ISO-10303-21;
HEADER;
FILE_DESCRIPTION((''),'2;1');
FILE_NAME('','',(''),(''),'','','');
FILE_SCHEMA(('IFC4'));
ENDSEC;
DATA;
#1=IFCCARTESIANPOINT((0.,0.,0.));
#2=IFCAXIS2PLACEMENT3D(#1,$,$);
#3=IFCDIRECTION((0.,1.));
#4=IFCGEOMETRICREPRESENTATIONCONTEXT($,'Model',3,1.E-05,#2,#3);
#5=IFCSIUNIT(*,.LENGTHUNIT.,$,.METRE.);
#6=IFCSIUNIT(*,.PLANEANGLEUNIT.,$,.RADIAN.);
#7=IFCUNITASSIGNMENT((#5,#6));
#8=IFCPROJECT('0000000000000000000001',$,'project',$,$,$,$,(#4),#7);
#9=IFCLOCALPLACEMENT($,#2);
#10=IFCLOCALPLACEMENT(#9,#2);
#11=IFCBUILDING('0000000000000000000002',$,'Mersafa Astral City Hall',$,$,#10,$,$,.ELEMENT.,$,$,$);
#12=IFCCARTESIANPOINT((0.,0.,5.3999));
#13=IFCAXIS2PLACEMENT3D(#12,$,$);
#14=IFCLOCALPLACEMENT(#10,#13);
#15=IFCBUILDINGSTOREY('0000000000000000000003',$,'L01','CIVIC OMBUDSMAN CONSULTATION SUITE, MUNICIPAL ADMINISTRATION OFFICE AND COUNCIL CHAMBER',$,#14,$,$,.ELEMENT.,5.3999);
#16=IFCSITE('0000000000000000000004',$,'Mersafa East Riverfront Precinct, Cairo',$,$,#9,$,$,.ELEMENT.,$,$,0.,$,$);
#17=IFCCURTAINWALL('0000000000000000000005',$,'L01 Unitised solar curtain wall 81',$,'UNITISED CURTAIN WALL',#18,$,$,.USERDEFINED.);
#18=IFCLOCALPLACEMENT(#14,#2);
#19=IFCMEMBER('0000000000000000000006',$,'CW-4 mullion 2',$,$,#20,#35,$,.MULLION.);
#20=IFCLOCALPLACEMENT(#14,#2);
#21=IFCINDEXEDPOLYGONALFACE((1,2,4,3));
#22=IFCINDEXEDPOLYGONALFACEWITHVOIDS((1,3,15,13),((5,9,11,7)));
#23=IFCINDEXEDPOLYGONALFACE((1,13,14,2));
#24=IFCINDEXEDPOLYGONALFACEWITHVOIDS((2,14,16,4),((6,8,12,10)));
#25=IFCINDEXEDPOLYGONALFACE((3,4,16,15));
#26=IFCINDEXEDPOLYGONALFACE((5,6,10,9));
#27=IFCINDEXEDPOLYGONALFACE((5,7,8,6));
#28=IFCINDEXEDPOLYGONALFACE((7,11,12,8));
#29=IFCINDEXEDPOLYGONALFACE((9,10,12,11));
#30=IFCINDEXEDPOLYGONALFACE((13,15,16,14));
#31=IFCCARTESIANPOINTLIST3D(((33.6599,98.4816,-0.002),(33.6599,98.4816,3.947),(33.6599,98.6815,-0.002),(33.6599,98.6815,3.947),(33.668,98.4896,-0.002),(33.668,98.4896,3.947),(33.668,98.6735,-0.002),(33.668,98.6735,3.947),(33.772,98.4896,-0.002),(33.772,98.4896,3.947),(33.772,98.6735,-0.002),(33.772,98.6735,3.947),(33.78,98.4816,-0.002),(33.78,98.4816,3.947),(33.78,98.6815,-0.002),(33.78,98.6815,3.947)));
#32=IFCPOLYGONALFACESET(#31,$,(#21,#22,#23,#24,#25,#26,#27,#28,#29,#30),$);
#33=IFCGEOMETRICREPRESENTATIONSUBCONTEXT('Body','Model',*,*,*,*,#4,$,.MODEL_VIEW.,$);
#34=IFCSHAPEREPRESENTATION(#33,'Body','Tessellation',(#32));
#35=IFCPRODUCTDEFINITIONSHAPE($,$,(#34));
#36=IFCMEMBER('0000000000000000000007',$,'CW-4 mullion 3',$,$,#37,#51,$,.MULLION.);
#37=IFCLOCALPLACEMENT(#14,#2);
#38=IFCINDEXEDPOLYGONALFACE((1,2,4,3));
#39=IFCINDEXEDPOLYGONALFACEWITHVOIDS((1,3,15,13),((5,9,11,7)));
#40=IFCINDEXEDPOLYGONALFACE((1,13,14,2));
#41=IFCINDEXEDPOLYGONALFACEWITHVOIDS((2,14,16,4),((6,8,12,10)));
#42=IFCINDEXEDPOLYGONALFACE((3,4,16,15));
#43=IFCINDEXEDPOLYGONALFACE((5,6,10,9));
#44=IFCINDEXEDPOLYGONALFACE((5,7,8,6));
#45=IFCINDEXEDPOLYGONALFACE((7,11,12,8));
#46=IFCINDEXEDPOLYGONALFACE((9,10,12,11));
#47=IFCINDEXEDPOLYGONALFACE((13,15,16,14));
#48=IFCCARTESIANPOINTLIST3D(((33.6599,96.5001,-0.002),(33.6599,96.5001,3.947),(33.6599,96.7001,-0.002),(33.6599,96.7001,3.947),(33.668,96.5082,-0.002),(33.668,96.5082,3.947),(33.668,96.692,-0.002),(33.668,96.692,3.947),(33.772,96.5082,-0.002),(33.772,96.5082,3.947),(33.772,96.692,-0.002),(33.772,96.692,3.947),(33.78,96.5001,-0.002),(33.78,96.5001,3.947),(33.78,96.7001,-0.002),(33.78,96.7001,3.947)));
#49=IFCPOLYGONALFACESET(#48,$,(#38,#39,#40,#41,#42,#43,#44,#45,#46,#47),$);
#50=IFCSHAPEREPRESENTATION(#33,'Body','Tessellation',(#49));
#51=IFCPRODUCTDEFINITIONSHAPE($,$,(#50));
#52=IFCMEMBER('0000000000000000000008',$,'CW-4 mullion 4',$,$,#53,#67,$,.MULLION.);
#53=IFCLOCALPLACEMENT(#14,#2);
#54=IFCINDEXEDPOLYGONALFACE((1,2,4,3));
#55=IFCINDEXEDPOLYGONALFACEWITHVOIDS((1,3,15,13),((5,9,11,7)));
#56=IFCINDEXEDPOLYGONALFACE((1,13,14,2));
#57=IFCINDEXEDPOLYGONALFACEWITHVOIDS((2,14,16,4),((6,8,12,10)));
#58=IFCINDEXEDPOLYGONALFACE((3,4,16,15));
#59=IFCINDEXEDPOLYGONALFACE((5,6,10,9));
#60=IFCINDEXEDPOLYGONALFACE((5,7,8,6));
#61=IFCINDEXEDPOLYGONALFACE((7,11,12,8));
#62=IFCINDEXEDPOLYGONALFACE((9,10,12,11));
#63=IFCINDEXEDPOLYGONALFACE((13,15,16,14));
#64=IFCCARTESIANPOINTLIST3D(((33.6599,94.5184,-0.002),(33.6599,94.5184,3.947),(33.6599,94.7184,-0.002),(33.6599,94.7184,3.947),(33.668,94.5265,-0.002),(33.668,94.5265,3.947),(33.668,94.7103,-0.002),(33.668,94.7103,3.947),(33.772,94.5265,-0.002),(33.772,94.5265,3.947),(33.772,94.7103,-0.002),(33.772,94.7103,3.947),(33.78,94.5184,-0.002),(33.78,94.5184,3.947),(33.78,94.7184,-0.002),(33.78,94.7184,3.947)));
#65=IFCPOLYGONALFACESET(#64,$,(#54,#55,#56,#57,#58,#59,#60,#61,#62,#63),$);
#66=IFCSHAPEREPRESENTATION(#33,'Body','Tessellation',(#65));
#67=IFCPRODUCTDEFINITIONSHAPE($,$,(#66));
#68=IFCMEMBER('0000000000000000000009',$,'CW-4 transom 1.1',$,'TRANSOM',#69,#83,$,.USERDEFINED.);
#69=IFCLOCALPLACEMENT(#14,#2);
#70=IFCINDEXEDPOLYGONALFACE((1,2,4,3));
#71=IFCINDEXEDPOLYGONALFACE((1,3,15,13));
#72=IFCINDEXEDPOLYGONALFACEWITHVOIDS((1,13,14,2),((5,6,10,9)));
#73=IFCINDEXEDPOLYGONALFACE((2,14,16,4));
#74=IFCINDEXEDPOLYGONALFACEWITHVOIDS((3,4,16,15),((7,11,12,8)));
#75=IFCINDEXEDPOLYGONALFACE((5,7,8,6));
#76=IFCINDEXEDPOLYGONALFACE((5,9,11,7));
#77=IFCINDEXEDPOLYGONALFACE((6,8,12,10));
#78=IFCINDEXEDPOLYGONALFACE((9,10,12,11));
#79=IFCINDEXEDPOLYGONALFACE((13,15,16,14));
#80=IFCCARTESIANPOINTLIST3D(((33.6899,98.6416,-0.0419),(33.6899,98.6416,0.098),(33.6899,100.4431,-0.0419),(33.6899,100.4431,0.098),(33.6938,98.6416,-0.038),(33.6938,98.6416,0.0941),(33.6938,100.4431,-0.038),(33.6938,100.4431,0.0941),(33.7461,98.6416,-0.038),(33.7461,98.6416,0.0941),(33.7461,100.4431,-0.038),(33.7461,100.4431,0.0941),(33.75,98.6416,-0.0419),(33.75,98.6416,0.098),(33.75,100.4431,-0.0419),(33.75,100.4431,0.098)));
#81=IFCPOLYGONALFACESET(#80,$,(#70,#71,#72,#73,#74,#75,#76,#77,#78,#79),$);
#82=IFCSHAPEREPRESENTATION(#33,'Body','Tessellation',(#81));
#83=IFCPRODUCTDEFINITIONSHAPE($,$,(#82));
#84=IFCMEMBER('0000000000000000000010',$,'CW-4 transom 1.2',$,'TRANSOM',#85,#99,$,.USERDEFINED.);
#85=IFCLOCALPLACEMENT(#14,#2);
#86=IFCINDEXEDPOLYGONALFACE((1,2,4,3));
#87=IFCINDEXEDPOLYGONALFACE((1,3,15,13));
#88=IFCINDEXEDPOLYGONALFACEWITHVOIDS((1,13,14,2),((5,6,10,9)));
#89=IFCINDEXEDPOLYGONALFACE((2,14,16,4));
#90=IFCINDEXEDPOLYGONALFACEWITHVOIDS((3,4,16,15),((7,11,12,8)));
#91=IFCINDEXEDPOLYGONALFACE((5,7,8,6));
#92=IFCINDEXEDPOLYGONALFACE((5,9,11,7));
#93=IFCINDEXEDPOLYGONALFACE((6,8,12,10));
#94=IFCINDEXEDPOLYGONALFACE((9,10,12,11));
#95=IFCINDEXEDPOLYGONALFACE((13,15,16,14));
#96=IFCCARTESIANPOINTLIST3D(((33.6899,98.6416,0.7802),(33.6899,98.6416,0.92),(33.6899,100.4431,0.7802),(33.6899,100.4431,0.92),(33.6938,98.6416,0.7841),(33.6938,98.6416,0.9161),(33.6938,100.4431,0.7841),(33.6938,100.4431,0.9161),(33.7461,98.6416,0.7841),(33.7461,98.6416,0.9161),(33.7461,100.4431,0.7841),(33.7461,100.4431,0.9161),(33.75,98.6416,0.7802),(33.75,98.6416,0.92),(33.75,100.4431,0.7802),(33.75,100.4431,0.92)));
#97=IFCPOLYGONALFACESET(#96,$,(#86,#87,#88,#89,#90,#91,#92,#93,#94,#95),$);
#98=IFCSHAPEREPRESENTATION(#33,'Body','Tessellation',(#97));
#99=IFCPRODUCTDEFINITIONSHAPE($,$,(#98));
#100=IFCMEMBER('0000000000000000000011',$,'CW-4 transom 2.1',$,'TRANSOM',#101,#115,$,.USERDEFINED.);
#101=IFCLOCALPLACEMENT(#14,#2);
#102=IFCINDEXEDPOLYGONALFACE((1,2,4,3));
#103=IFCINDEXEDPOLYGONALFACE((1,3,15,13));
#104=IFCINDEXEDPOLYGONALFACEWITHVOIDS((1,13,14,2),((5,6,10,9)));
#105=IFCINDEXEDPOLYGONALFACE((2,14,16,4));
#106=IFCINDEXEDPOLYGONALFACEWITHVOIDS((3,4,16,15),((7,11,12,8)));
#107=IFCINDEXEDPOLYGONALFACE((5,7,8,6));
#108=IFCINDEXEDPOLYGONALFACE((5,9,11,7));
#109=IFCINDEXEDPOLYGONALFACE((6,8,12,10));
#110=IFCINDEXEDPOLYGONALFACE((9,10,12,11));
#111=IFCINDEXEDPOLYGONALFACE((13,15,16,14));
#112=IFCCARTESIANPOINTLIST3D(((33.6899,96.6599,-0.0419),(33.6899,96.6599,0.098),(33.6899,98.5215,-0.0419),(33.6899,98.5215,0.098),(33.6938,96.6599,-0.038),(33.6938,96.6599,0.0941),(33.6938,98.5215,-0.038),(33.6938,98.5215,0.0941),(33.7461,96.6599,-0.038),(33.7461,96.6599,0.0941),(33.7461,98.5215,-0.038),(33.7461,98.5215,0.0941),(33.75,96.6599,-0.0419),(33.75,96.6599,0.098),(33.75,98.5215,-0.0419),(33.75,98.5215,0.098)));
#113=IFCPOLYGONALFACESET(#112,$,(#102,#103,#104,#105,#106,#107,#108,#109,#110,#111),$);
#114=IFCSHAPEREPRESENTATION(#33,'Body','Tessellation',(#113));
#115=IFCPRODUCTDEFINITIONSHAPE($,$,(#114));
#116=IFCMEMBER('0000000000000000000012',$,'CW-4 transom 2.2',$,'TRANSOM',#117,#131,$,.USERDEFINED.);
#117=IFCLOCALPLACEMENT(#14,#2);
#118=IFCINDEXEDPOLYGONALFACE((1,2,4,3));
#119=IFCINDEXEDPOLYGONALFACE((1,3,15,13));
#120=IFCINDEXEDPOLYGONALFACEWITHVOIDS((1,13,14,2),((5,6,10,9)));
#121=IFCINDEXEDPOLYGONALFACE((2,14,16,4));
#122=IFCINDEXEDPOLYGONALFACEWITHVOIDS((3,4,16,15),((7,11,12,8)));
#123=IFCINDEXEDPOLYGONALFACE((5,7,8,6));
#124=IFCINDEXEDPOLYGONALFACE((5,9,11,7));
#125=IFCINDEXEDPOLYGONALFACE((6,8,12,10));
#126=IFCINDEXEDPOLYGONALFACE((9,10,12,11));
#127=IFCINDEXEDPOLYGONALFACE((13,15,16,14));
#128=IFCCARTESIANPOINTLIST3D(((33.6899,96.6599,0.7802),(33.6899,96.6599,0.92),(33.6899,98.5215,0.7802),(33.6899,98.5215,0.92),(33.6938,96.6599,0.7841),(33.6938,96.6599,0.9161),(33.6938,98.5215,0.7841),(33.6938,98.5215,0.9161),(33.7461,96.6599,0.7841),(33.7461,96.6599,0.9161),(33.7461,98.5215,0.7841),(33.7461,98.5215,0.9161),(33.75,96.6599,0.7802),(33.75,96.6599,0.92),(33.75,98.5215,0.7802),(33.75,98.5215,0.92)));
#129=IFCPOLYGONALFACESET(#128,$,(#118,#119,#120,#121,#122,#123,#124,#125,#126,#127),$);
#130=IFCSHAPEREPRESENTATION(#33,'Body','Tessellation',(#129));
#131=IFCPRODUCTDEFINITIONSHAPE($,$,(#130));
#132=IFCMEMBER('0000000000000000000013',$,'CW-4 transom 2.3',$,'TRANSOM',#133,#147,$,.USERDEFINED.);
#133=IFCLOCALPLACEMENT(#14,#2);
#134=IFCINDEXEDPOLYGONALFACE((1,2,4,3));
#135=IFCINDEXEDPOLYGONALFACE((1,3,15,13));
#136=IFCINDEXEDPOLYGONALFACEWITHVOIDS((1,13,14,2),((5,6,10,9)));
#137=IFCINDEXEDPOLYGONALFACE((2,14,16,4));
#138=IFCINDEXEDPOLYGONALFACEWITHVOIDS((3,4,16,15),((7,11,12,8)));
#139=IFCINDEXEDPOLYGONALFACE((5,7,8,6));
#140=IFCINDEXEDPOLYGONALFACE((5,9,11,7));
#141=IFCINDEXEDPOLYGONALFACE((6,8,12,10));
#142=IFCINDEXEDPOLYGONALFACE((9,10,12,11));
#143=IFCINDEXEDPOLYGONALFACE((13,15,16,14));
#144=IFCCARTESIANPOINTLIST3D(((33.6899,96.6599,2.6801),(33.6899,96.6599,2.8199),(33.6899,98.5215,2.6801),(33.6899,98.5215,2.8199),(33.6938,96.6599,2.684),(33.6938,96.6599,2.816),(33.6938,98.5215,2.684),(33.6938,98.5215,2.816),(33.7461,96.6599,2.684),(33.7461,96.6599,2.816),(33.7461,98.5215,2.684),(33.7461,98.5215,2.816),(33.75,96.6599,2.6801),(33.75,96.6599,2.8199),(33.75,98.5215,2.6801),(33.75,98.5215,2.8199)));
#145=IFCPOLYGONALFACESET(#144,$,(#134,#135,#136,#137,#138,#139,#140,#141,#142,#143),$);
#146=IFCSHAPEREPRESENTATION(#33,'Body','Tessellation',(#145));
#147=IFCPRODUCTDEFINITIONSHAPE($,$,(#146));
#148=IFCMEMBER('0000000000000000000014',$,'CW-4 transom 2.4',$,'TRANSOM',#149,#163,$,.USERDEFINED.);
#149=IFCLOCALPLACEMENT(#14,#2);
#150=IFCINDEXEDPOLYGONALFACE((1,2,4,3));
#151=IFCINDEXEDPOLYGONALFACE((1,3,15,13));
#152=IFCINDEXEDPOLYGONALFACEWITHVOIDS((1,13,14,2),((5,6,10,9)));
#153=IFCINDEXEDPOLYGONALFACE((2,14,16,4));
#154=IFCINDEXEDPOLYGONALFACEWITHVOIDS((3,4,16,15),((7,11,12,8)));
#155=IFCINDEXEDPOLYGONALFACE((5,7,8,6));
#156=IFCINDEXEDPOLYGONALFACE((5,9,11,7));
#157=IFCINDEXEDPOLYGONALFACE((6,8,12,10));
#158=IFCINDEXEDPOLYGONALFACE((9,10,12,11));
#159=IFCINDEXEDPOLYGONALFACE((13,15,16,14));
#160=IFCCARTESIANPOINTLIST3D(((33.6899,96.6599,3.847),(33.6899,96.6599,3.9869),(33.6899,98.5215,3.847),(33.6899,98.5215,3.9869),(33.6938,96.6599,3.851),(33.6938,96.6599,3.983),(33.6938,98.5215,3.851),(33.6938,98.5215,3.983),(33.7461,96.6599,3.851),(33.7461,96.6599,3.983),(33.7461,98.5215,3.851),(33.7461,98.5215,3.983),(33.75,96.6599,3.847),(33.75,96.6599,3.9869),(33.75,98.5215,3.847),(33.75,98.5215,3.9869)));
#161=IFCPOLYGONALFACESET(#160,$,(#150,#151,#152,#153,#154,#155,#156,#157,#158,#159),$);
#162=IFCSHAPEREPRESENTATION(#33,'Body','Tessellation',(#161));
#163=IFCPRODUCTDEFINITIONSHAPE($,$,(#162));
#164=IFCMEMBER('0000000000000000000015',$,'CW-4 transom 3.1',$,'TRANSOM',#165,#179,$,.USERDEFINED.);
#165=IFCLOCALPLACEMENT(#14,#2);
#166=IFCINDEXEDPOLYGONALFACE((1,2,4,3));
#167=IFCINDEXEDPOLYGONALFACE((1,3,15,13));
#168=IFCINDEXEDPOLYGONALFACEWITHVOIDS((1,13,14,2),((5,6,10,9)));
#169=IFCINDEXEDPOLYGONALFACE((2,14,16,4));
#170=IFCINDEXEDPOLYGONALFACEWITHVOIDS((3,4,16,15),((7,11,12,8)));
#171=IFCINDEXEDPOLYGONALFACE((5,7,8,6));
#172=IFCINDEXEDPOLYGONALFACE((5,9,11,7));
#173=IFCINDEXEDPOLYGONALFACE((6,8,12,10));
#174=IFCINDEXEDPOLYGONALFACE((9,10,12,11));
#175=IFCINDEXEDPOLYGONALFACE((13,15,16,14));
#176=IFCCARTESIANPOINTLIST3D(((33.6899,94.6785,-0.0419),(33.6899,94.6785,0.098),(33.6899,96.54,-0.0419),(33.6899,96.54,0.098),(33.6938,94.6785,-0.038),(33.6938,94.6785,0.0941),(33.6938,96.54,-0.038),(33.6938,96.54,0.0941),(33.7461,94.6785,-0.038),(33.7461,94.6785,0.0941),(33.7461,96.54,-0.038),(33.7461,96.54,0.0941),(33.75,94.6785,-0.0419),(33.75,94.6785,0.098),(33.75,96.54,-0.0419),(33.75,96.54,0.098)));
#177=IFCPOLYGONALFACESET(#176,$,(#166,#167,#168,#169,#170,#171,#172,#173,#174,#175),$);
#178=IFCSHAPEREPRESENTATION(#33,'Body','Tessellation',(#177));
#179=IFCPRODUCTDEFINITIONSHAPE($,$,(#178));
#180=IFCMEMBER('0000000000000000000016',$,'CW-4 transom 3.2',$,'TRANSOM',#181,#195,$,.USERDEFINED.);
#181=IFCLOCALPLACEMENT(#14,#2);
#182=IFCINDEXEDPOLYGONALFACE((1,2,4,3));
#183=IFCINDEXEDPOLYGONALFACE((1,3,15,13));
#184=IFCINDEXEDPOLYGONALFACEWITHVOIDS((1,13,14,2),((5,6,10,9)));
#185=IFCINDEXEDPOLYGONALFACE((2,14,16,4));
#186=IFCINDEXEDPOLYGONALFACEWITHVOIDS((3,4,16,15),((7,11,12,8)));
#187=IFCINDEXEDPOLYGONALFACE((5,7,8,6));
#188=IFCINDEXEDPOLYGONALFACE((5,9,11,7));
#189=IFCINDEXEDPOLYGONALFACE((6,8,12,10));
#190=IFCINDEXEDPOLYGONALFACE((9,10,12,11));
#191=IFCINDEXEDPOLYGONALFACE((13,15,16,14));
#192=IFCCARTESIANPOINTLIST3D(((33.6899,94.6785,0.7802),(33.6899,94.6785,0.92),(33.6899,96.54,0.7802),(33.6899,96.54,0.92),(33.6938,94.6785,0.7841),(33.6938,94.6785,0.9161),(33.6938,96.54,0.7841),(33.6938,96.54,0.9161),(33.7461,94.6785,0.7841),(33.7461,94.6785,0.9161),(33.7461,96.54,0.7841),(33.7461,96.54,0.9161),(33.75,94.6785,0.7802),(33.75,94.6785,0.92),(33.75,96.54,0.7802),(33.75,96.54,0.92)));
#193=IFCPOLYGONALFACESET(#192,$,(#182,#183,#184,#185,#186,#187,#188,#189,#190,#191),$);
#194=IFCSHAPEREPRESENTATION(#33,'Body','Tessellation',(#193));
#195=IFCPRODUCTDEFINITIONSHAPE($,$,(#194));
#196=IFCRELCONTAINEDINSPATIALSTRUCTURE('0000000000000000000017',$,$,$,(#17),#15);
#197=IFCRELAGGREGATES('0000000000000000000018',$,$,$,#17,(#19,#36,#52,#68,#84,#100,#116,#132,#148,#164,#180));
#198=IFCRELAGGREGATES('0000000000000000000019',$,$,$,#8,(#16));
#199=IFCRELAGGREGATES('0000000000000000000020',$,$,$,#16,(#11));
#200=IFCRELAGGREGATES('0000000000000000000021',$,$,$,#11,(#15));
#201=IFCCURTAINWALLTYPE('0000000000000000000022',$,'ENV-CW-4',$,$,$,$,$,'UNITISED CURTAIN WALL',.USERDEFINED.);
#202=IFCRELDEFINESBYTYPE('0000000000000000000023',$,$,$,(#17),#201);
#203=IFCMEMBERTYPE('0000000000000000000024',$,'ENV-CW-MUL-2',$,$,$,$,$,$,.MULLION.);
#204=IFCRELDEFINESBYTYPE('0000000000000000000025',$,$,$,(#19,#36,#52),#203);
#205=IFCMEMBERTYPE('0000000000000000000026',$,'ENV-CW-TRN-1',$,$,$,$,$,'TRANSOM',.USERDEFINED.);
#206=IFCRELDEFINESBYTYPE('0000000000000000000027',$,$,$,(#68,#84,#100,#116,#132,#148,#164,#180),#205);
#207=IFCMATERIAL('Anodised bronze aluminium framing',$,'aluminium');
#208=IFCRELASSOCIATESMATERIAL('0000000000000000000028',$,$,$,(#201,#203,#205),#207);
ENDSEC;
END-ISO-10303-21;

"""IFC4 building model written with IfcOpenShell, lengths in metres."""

from ifc_helpers import new_model, si_unit, direction, frame, origin, origin_2d, place, context, subcontext, project, spatial, hollow_rectangle, extrude, material, material_profile, profile_set, type_object, element, aggregate, save


model = new_model("IFC4")

# Units and contexts
model_context = context("Model", 3, precision=1e-05, world=origin(), true_north=direction((0.0, 1.0)))
body_context = subcontext(model_context, "Body", "Model", "MODEL_VIEW")
ifc_project = project(units=[si_unit("LENGTHUNIT", "METRE"), si_unit("PLANEANGLEUNIT", "RADIAN")], contexts=[model_context])

# Site, building, storey
site_placement = place(None, origin())
site = spatial("IfcSite", under=ifc_project, at=site_placement, Name="Mersafa East Riverfront Precinct, Cairo", CompositionType="ELEMENT", RefElevation=0.0)
building_placement = place(site_placement, origin())
building = spatial("IfcBuilding", under=site, at=building_placement, Name="Mersafa Astral City Hall", CompositionType="ELEMENT")
storey_placement = place(building_placement, frame((0.0, 0.0, 5.3999)))
storey = spatial("IfcBuildingStorey", under=building, at=storey_placement, Name="L01", Description="CIVIC OMBUDSMAN CONSULTATION SUITE, MUNICIPAL ADMINISTRATION OFFICE AND COUNCIL CHAMBER", CompositionType="ELEMENT", Elevation=5.3999)

# Curtain wall, members
ifc_material_1 = material(Name="Anodised bronze aluminium framing", Category="aluminium")
curtain_wall_type = type_object("IfcCurtainWallType", Name="ENV-CW-4", ElementType="UNITISED CURTAIN WALL", PredefinedType="USERDEFINED", material=ifc_material_1)
curtain_wall_placement = place(storey_placement, origin())
curtain_wall = element("IfcCurtainWall", 1, at=curtain_wall_placement, inside=storey, type_object=curtain_wall_type, Name="L01 Unitised solar curtain wall 81", ObjectType="UNITISED CURTAIN WALL", PredefinedType="USERDEFINED")
ifc_material_profile_1 = material_profile(ifc_material_1, hollow_rectangle(XDim=0.1201, YDim=0.2, WallThickness=0.0081, at=origin_2d()), Name="RHS 120x200x8")
ifc_profile_set_1 = profile_set([ifc_material_profile_1], Name="Anodised bronze aluminium framing")
member_type_1 = type_object("IfcMemberType", Name="ENV-CW-MUL-2", PredefinedType="MULLION", material=ifc_profile_set_1)
member_1_placement = place(storey_placement, frame((33.72, 98.5815, -0.002), z_axis=(0.0, 0.0, 1.0), x_axis=(1.0, 0.0, 0.0)))
member_1 = element("IfcMember", 2, at=member_1_placement, type_object=member_type_1, Name="CW-4 mullion 2", PredefinedType="MULLION", context=body_context, shape_type="SweptSolid", body=[
    extrude(hollow_rectangle(XDim=0.1201, YDim=0.2, WallThickness=0.0081, at=origin_2d()), origin(), (0.0, 0.0, 1.0), 3.949),
])
member_2_placement = place(storey_placement, frame((33.72, 96.6001, -0.002), z_axis=(0.0, 0.0, 1.0), x_axis=(1.0, 0.0, 0.0)))
member_2 = element("IfcMember", 3, at=member_2_placement, type_object=member_type_1, Name="CW-4 mullion 3", PredefinedType="MULLION", context=body_context, shape_type="SweptSolid", body=[
    extrude(hollow_rectangle(XDim=0.1201, YDim=0.2, WallThickness=0.0081, at=origin_2d()), origin(), (0.0, 0.0, 1.0), 3.949),
])
member_3_placement = place(storey_placement, frame((33.72, 94.6184, -0.002), z_axis=(0.0, 0.0, 1.0), x_axis=(1.0, 0.0, 0.0)))
member_3 = element("IfcMember", 4, at=member_3_placement, type_object=member_type_1, Name="CW-4 mullion 4", PredefinedType="MULLION", context=body_context, shape_type="SweptSolid", body=[
    extrude(hollow_rectangle(XDim=0.1201, YDim=0.2, WallThickness=0.0081, at=origin_2d()), origin(), (0.0, 0.0, 1.0), 3.949),
])
ifc_material_profile_2 = material_profile(ifc_material_1, hollow_rectangle(XDim=0.0601, YDim=0.1399, WallThickness=0.0039, at=origin_2d()), Name="RHS 60x140x4")
ifc_profile_set_2 = profile_set([ifc_material_profile_2], Name="Anodised bronze aluminium framing")
member_type_2 = type_object("IfcMemberType", Name="ENV-CW-TRN-1", ElementType="TRANSOM", PredefinedType="USERDEFINED", material=ifc_profile_set_2)
member_4_placement = place(storey_placement, frame((33.72, 100.4431, 0.0281), z_axis=(0.0, -1.0, 0.0), x_axis=(1.0, 0.0, 0.0)))
member_4 = element("IfcMember", 5, at=member_4_placement, type_object=member_type_2, Name="CW-4 transom 1.1", ObjectType="TRANSOM", PredefinedType="USERDEFINED", context=body_context, shape_type="SweptSolid", body=[
    extrude(hollow_rectangle(XDim=0.0601, YDim=0.1399, WallThickness=0.0039, at=origin_2d()), origin(), (0.0, 0.0, 1.0), 1.8015),
])
member_5_placement = place(storey_placement, frame((33.72, 100.4431, 0.8501), z_axis=(0.0, -1.0, 0.0), x_axis=(1.0, 0.0, 0.0)))
member_5 = element("IfcMember", 6, at=member_5_placement, type_object=member_type_2, Name="CW-4 transom 1.2", ObjectType="TRANSOM", PredefinedType="USERDEFINED", context=body_context, shape_type="SweptSolid", body=[
    extrude(hollow_rectangle(XDim=0.0601, YDim=0.1399, WallThickness=0.0039, at=origin_2d()), origin(), (0.0, 0.0, 1.0), 1.8015),
])
member_6_placement = place(storey_placement, frame((33.72, 98.5215, 0.0281), z_axis=(0.0, -1.0, 0.0), x_axis=(1.0, 0.0, 0.0)))
member_6 = element("IfcMember", 7, at=member_6_placement, type_object=member_type_2, Name="CW-4 transom 2.1", ObjectType="TRANSOM", PredefinedType="USERDEFINED", context=body_context, shape_type="SweptSolid", body=[
    extrude(hollow_rectangle(XDim=0.0601, YDim=0.1399, WallThickness=0.0039, at=origin_2d()), origin(), (0.0, 0.0, 1.0), 1.8616),
])
member_7_placement = place(storey_placement, frame((33.72, 98.5215, 0.8501), z_axis=(0.0, -1.0, 0.0), x_axis=(1.0, 0.0, 0.0)))
member_7 = element("IfcMember", 8, at=member_7_placement, type_object=member_type_2, Name="CW-4 transom 2.2", ObjectType="TRANSOM", PredefinedType="USERDEFINED", context=body_context, shape_type="SweptSolid", body=[
    extrude(hollow_rectangle(XDim=0.0601, YDim=0.1399, WallThickness=0.0039, at=origin_2d()), origin(), (0.0, 0.0, 1.0), 1.8616),
])
member_8_placement = place(storey_placement, frame((33.72, 98.5215, 2.75), z_axis=(0.0, -1.0, 0.0), x_axis=(1.0, 0.0, 0.0)))
member_8 = element("IfcMember", 9, at=member_8_placement, type_object=member_type_2, Name="CW-4 transom 2.3", ObjectType="TRANSOM", PredefinedType="USERDEFINED", context=body_context, shape_type="SweptSolid", body=[
    extrude(hollow_rectangle(XDim=0.0601, YDim=0.1399, WallThickness=0.0039, at=origin_2d()), origin(), (0.0, 0.0, 1.0), 1.8616),
])
member_9_placement = place(storey_placement, frame((33.72, 98.5215, 3.917), z_axis=(0.0, -1.0, 0.0), x_axis=(1.0, 0.0, 0.0)))
member_9 = element("IfcMember", 10, at=member_9_placement, type_object=member_type_2, Name="CW-4 transom 2.4", ObjectType="TRANSOM", PredefinedType="USERDEFINED", context=body_context, shape_type="SweptSolid", body=[
    extrude(hollow_rectangle(XDim=0.0601, YDim=0.1399, WallThickness=0.0039, at=origin_2d()), origin(), (0.0, 0.0, 1.0), 1.8616),
])
member_10_placement = place(storey_placement, frame((33.72, 96.54, 0.0281), z_axis=(0.0, -1.0, 0.0), x_axis=(1.0, 0.0, 0.0)))
member_10 = element("IfcMember", 11, at=member_10_placement, type_object=member_type_2, Name="CW-4 transom 3.1", ObjectType="TRANSOM", PredefinedType="USERDEFINED", context=body_context, shape_type="SweptSolid", body=[
    extrude(hollow_rectangle(XDim=0.0601, YDim=0.1399, WallThickness=0.0039, at=origin_2d()), origin(), (0.0, 0.0, 1.0), 1.8616),
])
member_11_placement = place(storey_placement, frame((33.72, 96.54, 0.8501), z_axis=(0.0, -1.0, 0.0), x_axis=(1.0, 0.0, 0.0)))
member_11 = element("IfcMember", 12, at=member_11_placement, type_object=member_type_2, Name="CW-4 transom 3.2", ObjectType="TRANSOM", PredefinedType="USERDEFINED", context=body_context, shape_type="SweptSolid", body=[
    extrude(hollow_rectangle(XDim=0.0601, YDim=0.1399, WallThickness=0.0039, at=origin_2d()), origin(), (0.0, 0.0, 1.0), 1.8616),
])
aggregate(curtain_wall, [member_1, member_2, member_3, member_4, member_5, member_6, member_7, member_8, member_9, member_10, member_11])

save(model, "model.ifc")
